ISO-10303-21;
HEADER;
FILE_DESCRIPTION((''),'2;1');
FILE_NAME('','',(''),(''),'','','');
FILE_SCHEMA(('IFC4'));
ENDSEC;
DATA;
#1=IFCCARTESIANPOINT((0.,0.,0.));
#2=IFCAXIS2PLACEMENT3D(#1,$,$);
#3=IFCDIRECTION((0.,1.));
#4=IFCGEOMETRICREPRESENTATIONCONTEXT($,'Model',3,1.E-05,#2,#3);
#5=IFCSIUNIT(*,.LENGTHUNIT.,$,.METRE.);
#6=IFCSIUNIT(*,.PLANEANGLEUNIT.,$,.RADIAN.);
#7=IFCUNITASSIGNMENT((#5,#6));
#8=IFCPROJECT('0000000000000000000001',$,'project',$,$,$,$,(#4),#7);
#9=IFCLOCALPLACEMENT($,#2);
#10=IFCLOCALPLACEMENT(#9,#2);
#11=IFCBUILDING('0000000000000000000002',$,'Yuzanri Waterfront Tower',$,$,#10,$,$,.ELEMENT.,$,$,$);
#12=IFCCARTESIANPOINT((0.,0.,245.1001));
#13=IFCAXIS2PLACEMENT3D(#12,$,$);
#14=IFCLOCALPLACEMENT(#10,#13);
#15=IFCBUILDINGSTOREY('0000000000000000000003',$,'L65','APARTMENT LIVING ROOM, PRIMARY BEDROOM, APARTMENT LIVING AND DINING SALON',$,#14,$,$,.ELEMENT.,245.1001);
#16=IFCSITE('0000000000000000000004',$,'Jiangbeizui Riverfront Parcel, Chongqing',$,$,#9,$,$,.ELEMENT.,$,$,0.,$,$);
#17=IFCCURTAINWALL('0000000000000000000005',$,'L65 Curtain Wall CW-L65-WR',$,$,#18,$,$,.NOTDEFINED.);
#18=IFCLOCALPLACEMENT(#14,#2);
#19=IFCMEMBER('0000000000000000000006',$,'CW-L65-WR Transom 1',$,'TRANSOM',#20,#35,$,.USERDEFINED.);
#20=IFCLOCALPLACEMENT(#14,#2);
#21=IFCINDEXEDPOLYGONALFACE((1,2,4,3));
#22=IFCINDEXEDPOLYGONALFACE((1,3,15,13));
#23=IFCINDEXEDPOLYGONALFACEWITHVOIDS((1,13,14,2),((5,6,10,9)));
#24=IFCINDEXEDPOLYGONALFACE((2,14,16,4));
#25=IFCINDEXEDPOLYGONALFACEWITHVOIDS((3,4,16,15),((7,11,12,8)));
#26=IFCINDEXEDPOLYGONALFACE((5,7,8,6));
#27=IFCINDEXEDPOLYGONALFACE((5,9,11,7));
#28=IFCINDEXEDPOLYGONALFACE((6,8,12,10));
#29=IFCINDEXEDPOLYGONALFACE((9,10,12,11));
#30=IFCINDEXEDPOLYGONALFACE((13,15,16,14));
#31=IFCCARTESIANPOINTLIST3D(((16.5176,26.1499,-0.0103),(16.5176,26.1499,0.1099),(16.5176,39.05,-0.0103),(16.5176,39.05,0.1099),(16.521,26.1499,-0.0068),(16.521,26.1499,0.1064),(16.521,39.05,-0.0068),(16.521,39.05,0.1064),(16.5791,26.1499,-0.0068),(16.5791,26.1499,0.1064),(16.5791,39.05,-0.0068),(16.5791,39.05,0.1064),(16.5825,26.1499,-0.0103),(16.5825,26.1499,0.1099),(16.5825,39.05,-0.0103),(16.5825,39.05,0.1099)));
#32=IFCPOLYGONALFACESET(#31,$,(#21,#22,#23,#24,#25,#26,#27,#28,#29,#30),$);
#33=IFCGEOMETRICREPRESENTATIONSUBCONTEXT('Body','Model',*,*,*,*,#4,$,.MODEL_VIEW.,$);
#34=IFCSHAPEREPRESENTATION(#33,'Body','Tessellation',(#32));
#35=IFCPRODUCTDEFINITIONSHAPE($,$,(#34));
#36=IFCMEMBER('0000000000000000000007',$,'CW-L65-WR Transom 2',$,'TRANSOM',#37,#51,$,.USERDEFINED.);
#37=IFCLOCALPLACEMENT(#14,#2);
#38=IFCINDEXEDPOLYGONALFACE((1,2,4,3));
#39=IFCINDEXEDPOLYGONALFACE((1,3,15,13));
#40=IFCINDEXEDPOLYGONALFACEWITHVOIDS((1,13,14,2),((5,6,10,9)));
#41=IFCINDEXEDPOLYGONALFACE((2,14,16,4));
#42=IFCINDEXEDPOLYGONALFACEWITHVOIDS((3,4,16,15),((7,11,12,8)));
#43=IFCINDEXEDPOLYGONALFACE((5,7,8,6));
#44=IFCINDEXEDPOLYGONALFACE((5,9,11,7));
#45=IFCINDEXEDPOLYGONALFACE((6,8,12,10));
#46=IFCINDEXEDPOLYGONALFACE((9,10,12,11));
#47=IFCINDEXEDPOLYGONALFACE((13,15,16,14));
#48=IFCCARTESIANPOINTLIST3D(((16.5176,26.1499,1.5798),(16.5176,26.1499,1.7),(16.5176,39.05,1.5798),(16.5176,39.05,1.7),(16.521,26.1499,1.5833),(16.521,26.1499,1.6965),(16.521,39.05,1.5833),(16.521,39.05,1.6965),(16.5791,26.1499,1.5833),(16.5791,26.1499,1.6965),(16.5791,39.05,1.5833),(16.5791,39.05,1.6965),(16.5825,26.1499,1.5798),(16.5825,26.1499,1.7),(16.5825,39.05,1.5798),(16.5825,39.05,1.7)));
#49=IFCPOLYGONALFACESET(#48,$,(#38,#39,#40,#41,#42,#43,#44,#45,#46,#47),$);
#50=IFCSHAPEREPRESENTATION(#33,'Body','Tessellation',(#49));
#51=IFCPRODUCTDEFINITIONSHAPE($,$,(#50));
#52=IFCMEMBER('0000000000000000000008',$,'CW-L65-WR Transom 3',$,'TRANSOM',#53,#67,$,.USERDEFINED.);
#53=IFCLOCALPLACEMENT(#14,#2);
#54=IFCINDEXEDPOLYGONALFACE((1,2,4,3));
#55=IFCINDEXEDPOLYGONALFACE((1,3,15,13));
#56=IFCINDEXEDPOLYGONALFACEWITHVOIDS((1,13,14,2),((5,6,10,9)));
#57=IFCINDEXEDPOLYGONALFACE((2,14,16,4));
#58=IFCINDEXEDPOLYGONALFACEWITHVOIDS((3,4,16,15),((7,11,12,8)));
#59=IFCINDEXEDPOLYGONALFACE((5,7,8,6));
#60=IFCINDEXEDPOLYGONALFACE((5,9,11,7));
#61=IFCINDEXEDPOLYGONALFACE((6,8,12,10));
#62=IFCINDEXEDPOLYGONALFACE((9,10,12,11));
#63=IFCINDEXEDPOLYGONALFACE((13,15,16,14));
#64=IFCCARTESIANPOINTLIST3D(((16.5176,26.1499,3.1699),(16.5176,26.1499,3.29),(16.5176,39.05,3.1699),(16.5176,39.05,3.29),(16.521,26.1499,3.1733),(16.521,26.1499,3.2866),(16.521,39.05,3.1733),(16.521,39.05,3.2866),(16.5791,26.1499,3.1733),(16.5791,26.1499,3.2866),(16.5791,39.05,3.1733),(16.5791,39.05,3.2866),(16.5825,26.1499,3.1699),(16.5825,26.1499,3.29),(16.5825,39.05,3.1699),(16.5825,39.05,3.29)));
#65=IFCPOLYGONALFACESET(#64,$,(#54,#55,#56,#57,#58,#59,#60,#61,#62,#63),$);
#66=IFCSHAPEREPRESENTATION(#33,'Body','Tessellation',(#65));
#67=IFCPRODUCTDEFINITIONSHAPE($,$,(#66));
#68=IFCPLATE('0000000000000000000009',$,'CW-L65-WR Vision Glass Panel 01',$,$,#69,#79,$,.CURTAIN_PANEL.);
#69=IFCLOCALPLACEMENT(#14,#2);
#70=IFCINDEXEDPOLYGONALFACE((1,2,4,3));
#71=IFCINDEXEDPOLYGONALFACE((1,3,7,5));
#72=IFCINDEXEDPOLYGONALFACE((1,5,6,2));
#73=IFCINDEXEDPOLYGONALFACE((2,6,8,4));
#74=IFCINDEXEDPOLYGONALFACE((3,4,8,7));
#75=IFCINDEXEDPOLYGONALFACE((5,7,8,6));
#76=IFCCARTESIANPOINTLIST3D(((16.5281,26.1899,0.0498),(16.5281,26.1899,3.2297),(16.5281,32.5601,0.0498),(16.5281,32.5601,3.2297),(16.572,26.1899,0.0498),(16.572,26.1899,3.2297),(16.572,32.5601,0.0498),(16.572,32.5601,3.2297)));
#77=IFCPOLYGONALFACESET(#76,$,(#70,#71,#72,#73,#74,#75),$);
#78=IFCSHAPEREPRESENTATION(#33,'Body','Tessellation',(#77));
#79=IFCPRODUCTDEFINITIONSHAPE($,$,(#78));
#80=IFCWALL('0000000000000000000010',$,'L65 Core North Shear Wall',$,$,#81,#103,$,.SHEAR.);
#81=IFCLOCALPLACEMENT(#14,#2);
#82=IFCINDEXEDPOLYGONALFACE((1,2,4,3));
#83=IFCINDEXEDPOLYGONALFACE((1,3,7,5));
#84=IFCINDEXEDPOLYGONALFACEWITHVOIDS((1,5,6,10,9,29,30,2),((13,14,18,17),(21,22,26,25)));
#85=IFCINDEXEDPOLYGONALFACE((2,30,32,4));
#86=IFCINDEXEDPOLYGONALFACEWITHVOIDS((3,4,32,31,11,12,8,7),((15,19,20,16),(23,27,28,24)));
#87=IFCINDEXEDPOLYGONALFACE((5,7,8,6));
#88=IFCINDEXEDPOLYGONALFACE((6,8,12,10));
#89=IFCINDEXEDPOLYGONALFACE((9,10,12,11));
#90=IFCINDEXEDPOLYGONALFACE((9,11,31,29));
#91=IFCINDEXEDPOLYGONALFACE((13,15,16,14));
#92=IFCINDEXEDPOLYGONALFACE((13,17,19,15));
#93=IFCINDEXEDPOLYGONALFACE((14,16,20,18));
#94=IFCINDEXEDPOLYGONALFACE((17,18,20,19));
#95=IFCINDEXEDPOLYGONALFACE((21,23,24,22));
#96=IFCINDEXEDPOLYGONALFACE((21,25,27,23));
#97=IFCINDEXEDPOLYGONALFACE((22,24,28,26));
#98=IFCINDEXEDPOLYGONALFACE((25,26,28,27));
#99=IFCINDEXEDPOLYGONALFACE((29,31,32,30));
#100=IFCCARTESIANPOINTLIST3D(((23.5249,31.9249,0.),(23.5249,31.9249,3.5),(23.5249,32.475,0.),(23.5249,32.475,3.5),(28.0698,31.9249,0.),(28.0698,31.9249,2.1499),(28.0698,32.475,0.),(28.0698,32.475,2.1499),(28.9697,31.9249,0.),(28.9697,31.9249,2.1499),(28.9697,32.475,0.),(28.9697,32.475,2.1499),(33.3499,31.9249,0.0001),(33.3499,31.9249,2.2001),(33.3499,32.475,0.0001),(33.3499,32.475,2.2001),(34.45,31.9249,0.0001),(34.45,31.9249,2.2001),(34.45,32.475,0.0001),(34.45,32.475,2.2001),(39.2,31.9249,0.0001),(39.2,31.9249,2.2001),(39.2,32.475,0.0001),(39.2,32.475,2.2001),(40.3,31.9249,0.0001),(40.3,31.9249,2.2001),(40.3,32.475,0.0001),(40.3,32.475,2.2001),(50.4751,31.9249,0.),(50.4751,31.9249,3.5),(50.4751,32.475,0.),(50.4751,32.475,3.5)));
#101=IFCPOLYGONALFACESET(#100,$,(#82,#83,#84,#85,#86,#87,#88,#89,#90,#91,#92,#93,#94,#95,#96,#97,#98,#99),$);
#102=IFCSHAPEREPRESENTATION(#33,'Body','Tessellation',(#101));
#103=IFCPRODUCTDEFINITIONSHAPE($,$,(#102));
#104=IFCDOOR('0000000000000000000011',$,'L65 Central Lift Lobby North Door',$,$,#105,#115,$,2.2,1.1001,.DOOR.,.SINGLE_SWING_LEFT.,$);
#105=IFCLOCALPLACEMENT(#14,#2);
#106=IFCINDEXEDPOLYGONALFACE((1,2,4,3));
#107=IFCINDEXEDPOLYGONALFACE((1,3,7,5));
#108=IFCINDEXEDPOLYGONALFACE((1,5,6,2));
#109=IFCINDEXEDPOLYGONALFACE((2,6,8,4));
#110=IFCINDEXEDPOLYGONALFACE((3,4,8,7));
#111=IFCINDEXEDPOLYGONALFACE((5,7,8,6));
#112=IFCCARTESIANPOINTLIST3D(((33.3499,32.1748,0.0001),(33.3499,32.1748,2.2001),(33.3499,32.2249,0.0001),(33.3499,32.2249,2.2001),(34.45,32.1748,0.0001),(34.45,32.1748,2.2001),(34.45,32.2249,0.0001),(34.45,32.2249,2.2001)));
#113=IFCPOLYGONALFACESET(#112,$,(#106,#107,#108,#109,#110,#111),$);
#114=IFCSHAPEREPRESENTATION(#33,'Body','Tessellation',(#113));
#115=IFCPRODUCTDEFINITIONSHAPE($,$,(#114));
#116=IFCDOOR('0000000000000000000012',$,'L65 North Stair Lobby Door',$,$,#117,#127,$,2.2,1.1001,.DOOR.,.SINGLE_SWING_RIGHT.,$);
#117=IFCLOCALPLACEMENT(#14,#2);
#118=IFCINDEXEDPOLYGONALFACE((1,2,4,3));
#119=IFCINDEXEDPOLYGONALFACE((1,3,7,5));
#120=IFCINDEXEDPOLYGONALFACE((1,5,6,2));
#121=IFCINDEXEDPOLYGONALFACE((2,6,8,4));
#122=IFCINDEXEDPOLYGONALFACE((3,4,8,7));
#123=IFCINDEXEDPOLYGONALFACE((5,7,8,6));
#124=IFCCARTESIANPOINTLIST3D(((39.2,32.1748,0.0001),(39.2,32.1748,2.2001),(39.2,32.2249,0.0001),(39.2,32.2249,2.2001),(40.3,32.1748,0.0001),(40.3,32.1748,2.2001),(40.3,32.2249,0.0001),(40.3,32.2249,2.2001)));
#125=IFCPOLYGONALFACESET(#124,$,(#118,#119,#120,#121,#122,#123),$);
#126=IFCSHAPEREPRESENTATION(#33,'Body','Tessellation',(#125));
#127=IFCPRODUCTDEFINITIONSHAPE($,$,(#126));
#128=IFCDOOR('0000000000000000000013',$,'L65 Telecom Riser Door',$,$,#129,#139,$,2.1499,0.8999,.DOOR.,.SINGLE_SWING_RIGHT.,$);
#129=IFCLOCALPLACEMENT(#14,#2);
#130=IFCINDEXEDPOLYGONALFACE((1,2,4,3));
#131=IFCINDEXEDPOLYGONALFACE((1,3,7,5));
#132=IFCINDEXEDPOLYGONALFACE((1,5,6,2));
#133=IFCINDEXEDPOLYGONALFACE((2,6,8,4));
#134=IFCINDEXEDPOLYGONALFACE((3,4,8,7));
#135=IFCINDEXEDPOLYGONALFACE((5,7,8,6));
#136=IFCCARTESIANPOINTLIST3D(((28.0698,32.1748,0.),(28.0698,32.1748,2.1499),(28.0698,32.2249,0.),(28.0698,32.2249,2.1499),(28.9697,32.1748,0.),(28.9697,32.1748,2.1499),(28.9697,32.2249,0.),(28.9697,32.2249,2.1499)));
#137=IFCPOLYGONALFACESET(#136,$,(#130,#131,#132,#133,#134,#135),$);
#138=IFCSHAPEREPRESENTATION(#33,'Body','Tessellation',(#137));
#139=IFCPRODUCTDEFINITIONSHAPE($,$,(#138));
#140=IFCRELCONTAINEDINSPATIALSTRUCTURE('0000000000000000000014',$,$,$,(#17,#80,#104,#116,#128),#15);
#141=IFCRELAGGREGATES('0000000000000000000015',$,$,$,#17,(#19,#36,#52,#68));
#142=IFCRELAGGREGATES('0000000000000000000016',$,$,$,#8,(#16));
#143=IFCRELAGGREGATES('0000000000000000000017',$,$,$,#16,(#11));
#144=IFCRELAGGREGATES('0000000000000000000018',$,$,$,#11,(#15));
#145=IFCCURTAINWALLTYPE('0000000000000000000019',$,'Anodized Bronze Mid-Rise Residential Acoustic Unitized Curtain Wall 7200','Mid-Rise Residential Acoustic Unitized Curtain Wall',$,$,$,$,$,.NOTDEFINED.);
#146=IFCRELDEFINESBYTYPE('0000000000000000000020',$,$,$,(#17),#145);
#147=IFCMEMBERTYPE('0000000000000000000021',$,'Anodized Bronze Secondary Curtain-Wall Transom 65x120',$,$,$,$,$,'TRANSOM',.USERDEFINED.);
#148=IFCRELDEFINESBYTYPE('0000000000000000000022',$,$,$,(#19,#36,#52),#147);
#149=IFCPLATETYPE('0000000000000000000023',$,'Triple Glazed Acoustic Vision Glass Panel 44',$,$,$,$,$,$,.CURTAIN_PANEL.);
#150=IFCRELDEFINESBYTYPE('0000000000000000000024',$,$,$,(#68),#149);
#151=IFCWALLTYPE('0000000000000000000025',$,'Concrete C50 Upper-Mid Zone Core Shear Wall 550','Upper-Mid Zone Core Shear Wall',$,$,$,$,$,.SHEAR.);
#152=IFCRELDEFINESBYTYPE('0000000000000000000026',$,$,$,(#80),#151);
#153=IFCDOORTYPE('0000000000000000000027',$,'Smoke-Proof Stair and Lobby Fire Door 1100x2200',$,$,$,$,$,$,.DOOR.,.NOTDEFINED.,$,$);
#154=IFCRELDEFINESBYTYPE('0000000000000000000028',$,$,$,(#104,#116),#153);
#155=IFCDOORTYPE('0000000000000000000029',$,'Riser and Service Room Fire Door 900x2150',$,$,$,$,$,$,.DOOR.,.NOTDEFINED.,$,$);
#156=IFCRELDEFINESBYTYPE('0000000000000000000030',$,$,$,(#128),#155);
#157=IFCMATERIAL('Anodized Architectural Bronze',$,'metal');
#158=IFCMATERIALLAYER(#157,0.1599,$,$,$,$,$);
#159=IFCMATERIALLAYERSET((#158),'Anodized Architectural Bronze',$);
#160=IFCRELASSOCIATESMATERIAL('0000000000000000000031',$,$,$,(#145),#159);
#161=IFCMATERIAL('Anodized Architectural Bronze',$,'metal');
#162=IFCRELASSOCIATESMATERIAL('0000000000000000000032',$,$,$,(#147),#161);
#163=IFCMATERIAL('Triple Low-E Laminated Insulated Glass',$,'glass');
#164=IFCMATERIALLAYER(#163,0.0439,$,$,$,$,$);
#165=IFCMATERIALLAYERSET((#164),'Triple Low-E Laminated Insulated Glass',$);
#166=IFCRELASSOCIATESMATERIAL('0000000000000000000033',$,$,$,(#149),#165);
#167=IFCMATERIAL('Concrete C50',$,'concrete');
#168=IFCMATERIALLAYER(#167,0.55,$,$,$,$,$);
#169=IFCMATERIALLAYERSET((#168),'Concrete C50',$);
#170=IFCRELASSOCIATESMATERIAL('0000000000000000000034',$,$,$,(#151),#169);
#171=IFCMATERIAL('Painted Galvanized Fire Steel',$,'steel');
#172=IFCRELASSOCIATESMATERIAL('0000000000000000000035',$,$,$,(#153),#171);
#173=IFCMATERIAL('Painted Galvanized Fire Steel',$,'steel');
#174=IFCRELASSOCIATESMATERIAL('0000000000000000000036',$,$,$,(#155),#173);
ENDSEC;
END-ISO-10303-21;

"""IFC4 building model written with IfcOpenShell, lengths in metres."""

from ifc_helpers import new_model, si_unit, direction, frame, frame_2d, origin, origin_2d, place, context, subcontext, project, spatial, rectangle, hollow_rectangle, extrude, source, transform, mapped, material, layer, layer_set, material_profile, profile_set, type_object, element, fill, aggregate, save


model = new_model("IFC4")

# Units and contexts
model_context = context("Model", 3, precision=1e-05, world=origin(), true_north=direction((0.0, 1.0)))
body_context = subcontext(model_context, "Body", "Model", "MODEL_VIEW")
ifc_project = project(units=[si_unit("LENGTHUNIT", "METRE"), si_unit("PLANEANGLEUNIT", "RADIAN")], contexts=[model_context])

# Site, building, storey
site_placement = place(None, origin())
site = spatial("IfcSite", under=ifc_project, at=site_placement, Name="Jiangbeizui Riverfront Parcel, Chongqing", CompositionType="ELEMENT", RefElevation=0.0)
building_placement = place(site_placement, origin())
building = spatial("IfcBuilding", under=site, at=building_placement, Name="Yuzanri Waterfront Tower", CompositionType="ELEMENT")
storey_placement = place(building_placement, frame((0.0, 0.0, 245.1001)))
storey = spatial("IfcBuildingStorey", under=building, at=storey_placement, Name="L65", Description="APARTMENT LIVING ROOM, PRIMARY BEDROOM, APARTMENT LIVING AND DINING SALON", CompositionType="ELEMENT", Elevation=245.1001)

# Curtain wall, members, plate
ifc_material_1 = material(Name="Anodized Architectural Bronze", Category="metal")
ifc_layer_1 = layer(ifc_material_1, 0.1599)
ifc_layer_set_1 = layer_set([ifc_layer_1], Name="Anodized Architectural Bronze")
curtain_wall_type = type_object("IfcCurtainWallType", Name="Anodized Bronze Mid-Rise Residential Acoustic Unitized Curtain Wall 7200", Description="Mid-Rise Residential Acoustic Unitized Curtain Wall", PredefinedType="NOTDEFINED", material=ifc_layer_set_1)
curtain_wall_placement = place(storey_placement, origin())
curtain_wall = element("IfcCurtainWall", 1, at=curtain_wall_placement, inside=storey, type_object=curtain_wall_type, Name="L65 Curtain Wall CW-L65-WR", PredefinedType="NOTDEFINED")
ifc_material_2 = material(Name="Anodized Architectural Bronze", Category="metal")
ifc_material_profile_1 = material_profile(ifc_material_2, hollow_rectangle(XDim=0.0649, YDim=0.1201, WallThickness=0.0034, at=origin_2d()), Name="CWT 65x120")
ifc_profile_set_1 = profile_set([ifc_material_profile_1], Name="Anodized Architectural Bronze")
member_type_1 = type_object("IfcMemberType", Name="Anodized Bronze Secondary Curtain-Wall Transom 65x120", ElementType="TRANSOM", PredefinedType="USERDEFINED", material=ifc_profile_set_1)
shared_shape_1 = source(origin(), body_context, "Body", "SweptSolid", [
    extrude(hollow_rectangle(XDim=0.0649, YDim=0.1201, WallThickness=0.0034, at=origin_2d()), origin(), (0.0, 0.0, 1.0), 12.9001),
])
member_1_placement = place(storey_placement, frame((16.55, 26.1499, 0.0498), z_axis=(0.0, 1.0, 0.0), x_axis=(-1.0, 0.0, 0.0)))
member_1 = element("IfcMember", 2, at=member_1_placement, type_object=member_type_1, Name="CW-L65-WR Transom 1", ObjectType="TRANSOM", PredefinedType="USERDEFINED", context=body_context, shape_type="MappedRepresentation", body=[
    mapped(shared_shape_1, transform((0.0, 0.0, 0.0), scale=1.0)),
])
member_2_placement = place(storey_placement, frame((16.55, 26.1499, 1.6399), z_axis=(0.0, 1.0, 0.0), x_axis=(-1.0, 0.0, 0.0)))
member_2 = element("IfcMember", 3, at=member_2_placement, type_object=member_type_1, Name="CW-L65-WR Transom 2", ObjectType="TRANSOM", PredefinedType="USERDEFINED", context=body_context, shape_type="MappedRepresentation", body=[
    mapped(shared_shape_1, transform((0.0, 0.0, 0.0), scale=1.0)),
])
member_3_placement = place(storey_placement, frame((16.55, 26.1499, 3.23), z_axis=(0.0, 1.0, 0.0), x_axis=(-1.0, 0.0, 0.0)))
member_3 = element("IfcMember", 4, at=member_3_placement, type_object=member_type_1, Name="CW-L65-WR Transom 3", ObjectType="TRANSOM", PredefinedType="USERDEFINED", context=body_context, shape_type="MappedRepresentation", body=[
    mapped(shared_shape_1, transform((0.0, 0.0, 0.0), scale=1.0)),
])
ifc_material_3 = material(Name="Triple Low-E Laminated Insulated Glass", Category="glass")
ifc_layer_2 = layer(ifc_material_3, 0.0439)
ifc_layer_set_2 = layer_set([ifc_layer_2], Name="Triple Low-E Laminated Insulated Glass")
plate_type = type_object("IfcPlateType", Name="Triple Glazed Acoustic Vision Glass Panel 44", PredefinedType="CURTAIN_PANEL", material=ifc_layer_set_2)
shared_shape_2 = source(origin(), body_context, "Body", "SweptSolid", [
    extrude(rectangle(XDim=6.3701, YDim=0.0439, at=origin_2d()), origin(), (0.0, 0.0, 1.0), 3.1799),
])
plate_placement = place(storey_placement, frame((16.55, 29.375, 0.0498), z_axis=(0.0, 0.0, 1.0), x_axis=(0.0, 1.0, 0.0)))
plate = element("IfcPlate", 5, at=plate_placement, type_object=plate_type, Name="CW-L65-WR Vision Glass Panel 01", PredefinedType="CURTAIN_PANEL", context=body_context, shape_type="MappedRepresentation", body=[
    mapped(shared_shape_2, transform((0.0, 0.0, 0.0), scale=1.0)),
])
aggregate(curtain_wall, [member_1, member_2, member_3, plate])

# Wall, openings, doors
ifc_material_4 = material(Name="Concrete C50", Category="concrete")
ifc_layer_3 = layer(ifc_material_4, 0.55)
ifc_layer_set_3 = layer_set([ifc_layer_3], Name="Concrete C50")
wall_type_1 = type_object("IfcWallType", Name="Concrete C50 Upper-Mid Zone Core Shear Wall 550", Description="Upper-Mid Zone Core Shear Wall", PredefinedType="SHEAR", material=ifc_layer_set_3)
wall_1_placement = place(storey_placement, frame((23.5249, 32.2, 0.0), z_axis=(0.0, 0.0, 1.0), x_axis=(1.0, 0.0, 0.0)))
wall_1 = element("IfcWall", 6, at=wall_1_placement, inside=storey, type_object=wall_type_1, Name="L65 Core North Shear Wall", PredefinedType="SHEAR", context=body_context, shape_type="SweptSolid", body=[
    extrude(rectangle(XDim=26.9502, YDim=0.55, at=frame_2d((13.4751, 0.0))), origin(), (0.0, 0.0, 1.0), 3.5),
])
opening_1_placement = place(wall_1_placement, frame((4.5449, 0.0, 0.0)))
opening_1 = element("IfcOpeningElement", 7, at=opening_1_placement, cuts=wall_1, PredefinedType="OPENING", context=body_context, shape_type="SweptSolid", body=[
    extrude(rectangle(XDim=0.8999, YDim=2.1499, at=frame_2d((0.45, 1.075))), frame((0.0, 0.29, 0.0), z_axis=(0.0, -1.0, 0.0), x_axis=(1.0, 0.0, 0.0)), (0.0, 0.0, 1.0), 0.5798),
])
opening_2_placement = place(wall_1_placement, frame((9.825, 0.0, 0.0)))
opening_2 = element("IfcOpeningElement", 8, at=opening_2_placement, cuts=wall_1, PredefinedType="OPENING", context=body_context, shape_type="SweptSolid", body=[
    extrude(rectangle(XDim=1.1001, YDim=2.2, at=frame_2d((0.55, 1.1001))), frame((0.0, 0.29, 0.0), z_axis=(0.0, -1.0, 0.0), x_axis=(1.0, 0.0, 0.0)), (0.0, 0.0, 1.0), 0.5798),
])
opening_3_placement = place(wall_1_placement, frame((15.675, 0.0, 0.0)))
opening_3 = element("IfcOpeningElement", 9, at=opening_3_placement, cuts=wall_1, PredefinedType="OPENING", context=body_context, shape_type="SweptSolid", body=[
    extrude(rectangle(XDim=1.1001, YDim=2.2, at=frame_2d((0.55, 1.1001))), frame((0.0, 0.29, 0.0), z_axis=(0.0, -1.0, 0.0), x_axis=(1.0, 0.0, 0.0)), (0.0, 0.0, 1.0), 0.5798),
])
ifc_material_5 = material(Name="Painted Galvanized Fire Steel", Category="steel")
door_type_1 = type_object("IfcDoorType", Name="Smoke-Proof Stair and Lobby Fire Door 1100x2200", OperationType="NOTDEFINED", PredefinedType="DOOR", material=ifc_material_5)
shared_shape_3 = source(origin(), body_context, "Body", "SweptSolid", [
    extrude(rectangle(XDim=1.1001, YDim=2.2, at=frame_2d((0.55, 1.1001))), frame((0.0, 0.0249, 0.0), z_axis=(0.0, -1.0, 0.0), x_axis=(1.0, 0.0, 0.0)), (0.0, 0.0, 1.0), 0.05),
])
door_1_placement = place(opening_2_placement, origin())
door_1 = element("IfcDoor", 10, at=door_1_placement, inside=storey, type_object=door_type_1, Name="L65 Central Lift Lobby North Door", OperationType="SINGLE_SWING_LEFT", OverallHeight=2.2, OverallWidth=1.1001, PredefinedType="DOOR", context=body_context, shape_type="MappedRepresentation", body=[
    mapped(shared_shape_3, transform((0.0, 0.0, 0.0), scale=1.0)),
])
fill(opening_2, door_1)
door_2_placement = place(opening_3_placement, origin())
door_2 = element("IfcDoor", 11, at=door_2_placement, inside=storey, type_object=door_type_1, Name="L65 North Stair Lobby Door", OperationType="SINGLE_SWING_RIGHT", OverallHeight=2.2, OverallWidth=1.1001, PredefinedType="DOOR", context=body_context, shape_type="MappedRepresentation", body=[
    mapped(shared_shape_3, transform((0.0, 0.0, 0.0), scale=1.0)),
])
fill(opening_3, door_2)
ifc_material_6 = material(Name="Painted Galvanized Fire Steel", Category="steel")
door_type_2 = type_object("IfcDoorType", Name="Riser and Service Room Fire Door 900x2150", OperationType="NOTDEFINED", PredefinedType="DOOR", material=ifc_material_6)
shared_shape_4 = source(origin(), body_context, "Body", "SweptSolid", [
    extrude(rectangle(XDim=0.8999, YDim=2.1499, at=frame_2d((0.45, 1.075))), frame((0.0, 0.0249, 0.0), z_axis=(0.0, -1.0, 0.0), x_axis=(1.0, 0.0, 0.0)), (0.0, 0.0, 1.0), 0.05),
])
door_3_placement = place(opening_1_placement, origin())
door_3 = element("IfcDoor", 12, at=door_3_placement, inside=storey, type_object=door_type_2, Name="L65 Telecom Riser Door", OperationType="SINGLE_SWING_RIGHT", OverallHeight=2.1499, OverallWidth=0.8999, PredefinedType="DOOR", context=body_context, shape_type="MappedRepresentation", body=[
    mapped(shared_shape_4, transform((0.0, 0.0, 0.0), scale=1.0)),
])
fill(opening_1, door_3)

save(model, "model.ifc")
